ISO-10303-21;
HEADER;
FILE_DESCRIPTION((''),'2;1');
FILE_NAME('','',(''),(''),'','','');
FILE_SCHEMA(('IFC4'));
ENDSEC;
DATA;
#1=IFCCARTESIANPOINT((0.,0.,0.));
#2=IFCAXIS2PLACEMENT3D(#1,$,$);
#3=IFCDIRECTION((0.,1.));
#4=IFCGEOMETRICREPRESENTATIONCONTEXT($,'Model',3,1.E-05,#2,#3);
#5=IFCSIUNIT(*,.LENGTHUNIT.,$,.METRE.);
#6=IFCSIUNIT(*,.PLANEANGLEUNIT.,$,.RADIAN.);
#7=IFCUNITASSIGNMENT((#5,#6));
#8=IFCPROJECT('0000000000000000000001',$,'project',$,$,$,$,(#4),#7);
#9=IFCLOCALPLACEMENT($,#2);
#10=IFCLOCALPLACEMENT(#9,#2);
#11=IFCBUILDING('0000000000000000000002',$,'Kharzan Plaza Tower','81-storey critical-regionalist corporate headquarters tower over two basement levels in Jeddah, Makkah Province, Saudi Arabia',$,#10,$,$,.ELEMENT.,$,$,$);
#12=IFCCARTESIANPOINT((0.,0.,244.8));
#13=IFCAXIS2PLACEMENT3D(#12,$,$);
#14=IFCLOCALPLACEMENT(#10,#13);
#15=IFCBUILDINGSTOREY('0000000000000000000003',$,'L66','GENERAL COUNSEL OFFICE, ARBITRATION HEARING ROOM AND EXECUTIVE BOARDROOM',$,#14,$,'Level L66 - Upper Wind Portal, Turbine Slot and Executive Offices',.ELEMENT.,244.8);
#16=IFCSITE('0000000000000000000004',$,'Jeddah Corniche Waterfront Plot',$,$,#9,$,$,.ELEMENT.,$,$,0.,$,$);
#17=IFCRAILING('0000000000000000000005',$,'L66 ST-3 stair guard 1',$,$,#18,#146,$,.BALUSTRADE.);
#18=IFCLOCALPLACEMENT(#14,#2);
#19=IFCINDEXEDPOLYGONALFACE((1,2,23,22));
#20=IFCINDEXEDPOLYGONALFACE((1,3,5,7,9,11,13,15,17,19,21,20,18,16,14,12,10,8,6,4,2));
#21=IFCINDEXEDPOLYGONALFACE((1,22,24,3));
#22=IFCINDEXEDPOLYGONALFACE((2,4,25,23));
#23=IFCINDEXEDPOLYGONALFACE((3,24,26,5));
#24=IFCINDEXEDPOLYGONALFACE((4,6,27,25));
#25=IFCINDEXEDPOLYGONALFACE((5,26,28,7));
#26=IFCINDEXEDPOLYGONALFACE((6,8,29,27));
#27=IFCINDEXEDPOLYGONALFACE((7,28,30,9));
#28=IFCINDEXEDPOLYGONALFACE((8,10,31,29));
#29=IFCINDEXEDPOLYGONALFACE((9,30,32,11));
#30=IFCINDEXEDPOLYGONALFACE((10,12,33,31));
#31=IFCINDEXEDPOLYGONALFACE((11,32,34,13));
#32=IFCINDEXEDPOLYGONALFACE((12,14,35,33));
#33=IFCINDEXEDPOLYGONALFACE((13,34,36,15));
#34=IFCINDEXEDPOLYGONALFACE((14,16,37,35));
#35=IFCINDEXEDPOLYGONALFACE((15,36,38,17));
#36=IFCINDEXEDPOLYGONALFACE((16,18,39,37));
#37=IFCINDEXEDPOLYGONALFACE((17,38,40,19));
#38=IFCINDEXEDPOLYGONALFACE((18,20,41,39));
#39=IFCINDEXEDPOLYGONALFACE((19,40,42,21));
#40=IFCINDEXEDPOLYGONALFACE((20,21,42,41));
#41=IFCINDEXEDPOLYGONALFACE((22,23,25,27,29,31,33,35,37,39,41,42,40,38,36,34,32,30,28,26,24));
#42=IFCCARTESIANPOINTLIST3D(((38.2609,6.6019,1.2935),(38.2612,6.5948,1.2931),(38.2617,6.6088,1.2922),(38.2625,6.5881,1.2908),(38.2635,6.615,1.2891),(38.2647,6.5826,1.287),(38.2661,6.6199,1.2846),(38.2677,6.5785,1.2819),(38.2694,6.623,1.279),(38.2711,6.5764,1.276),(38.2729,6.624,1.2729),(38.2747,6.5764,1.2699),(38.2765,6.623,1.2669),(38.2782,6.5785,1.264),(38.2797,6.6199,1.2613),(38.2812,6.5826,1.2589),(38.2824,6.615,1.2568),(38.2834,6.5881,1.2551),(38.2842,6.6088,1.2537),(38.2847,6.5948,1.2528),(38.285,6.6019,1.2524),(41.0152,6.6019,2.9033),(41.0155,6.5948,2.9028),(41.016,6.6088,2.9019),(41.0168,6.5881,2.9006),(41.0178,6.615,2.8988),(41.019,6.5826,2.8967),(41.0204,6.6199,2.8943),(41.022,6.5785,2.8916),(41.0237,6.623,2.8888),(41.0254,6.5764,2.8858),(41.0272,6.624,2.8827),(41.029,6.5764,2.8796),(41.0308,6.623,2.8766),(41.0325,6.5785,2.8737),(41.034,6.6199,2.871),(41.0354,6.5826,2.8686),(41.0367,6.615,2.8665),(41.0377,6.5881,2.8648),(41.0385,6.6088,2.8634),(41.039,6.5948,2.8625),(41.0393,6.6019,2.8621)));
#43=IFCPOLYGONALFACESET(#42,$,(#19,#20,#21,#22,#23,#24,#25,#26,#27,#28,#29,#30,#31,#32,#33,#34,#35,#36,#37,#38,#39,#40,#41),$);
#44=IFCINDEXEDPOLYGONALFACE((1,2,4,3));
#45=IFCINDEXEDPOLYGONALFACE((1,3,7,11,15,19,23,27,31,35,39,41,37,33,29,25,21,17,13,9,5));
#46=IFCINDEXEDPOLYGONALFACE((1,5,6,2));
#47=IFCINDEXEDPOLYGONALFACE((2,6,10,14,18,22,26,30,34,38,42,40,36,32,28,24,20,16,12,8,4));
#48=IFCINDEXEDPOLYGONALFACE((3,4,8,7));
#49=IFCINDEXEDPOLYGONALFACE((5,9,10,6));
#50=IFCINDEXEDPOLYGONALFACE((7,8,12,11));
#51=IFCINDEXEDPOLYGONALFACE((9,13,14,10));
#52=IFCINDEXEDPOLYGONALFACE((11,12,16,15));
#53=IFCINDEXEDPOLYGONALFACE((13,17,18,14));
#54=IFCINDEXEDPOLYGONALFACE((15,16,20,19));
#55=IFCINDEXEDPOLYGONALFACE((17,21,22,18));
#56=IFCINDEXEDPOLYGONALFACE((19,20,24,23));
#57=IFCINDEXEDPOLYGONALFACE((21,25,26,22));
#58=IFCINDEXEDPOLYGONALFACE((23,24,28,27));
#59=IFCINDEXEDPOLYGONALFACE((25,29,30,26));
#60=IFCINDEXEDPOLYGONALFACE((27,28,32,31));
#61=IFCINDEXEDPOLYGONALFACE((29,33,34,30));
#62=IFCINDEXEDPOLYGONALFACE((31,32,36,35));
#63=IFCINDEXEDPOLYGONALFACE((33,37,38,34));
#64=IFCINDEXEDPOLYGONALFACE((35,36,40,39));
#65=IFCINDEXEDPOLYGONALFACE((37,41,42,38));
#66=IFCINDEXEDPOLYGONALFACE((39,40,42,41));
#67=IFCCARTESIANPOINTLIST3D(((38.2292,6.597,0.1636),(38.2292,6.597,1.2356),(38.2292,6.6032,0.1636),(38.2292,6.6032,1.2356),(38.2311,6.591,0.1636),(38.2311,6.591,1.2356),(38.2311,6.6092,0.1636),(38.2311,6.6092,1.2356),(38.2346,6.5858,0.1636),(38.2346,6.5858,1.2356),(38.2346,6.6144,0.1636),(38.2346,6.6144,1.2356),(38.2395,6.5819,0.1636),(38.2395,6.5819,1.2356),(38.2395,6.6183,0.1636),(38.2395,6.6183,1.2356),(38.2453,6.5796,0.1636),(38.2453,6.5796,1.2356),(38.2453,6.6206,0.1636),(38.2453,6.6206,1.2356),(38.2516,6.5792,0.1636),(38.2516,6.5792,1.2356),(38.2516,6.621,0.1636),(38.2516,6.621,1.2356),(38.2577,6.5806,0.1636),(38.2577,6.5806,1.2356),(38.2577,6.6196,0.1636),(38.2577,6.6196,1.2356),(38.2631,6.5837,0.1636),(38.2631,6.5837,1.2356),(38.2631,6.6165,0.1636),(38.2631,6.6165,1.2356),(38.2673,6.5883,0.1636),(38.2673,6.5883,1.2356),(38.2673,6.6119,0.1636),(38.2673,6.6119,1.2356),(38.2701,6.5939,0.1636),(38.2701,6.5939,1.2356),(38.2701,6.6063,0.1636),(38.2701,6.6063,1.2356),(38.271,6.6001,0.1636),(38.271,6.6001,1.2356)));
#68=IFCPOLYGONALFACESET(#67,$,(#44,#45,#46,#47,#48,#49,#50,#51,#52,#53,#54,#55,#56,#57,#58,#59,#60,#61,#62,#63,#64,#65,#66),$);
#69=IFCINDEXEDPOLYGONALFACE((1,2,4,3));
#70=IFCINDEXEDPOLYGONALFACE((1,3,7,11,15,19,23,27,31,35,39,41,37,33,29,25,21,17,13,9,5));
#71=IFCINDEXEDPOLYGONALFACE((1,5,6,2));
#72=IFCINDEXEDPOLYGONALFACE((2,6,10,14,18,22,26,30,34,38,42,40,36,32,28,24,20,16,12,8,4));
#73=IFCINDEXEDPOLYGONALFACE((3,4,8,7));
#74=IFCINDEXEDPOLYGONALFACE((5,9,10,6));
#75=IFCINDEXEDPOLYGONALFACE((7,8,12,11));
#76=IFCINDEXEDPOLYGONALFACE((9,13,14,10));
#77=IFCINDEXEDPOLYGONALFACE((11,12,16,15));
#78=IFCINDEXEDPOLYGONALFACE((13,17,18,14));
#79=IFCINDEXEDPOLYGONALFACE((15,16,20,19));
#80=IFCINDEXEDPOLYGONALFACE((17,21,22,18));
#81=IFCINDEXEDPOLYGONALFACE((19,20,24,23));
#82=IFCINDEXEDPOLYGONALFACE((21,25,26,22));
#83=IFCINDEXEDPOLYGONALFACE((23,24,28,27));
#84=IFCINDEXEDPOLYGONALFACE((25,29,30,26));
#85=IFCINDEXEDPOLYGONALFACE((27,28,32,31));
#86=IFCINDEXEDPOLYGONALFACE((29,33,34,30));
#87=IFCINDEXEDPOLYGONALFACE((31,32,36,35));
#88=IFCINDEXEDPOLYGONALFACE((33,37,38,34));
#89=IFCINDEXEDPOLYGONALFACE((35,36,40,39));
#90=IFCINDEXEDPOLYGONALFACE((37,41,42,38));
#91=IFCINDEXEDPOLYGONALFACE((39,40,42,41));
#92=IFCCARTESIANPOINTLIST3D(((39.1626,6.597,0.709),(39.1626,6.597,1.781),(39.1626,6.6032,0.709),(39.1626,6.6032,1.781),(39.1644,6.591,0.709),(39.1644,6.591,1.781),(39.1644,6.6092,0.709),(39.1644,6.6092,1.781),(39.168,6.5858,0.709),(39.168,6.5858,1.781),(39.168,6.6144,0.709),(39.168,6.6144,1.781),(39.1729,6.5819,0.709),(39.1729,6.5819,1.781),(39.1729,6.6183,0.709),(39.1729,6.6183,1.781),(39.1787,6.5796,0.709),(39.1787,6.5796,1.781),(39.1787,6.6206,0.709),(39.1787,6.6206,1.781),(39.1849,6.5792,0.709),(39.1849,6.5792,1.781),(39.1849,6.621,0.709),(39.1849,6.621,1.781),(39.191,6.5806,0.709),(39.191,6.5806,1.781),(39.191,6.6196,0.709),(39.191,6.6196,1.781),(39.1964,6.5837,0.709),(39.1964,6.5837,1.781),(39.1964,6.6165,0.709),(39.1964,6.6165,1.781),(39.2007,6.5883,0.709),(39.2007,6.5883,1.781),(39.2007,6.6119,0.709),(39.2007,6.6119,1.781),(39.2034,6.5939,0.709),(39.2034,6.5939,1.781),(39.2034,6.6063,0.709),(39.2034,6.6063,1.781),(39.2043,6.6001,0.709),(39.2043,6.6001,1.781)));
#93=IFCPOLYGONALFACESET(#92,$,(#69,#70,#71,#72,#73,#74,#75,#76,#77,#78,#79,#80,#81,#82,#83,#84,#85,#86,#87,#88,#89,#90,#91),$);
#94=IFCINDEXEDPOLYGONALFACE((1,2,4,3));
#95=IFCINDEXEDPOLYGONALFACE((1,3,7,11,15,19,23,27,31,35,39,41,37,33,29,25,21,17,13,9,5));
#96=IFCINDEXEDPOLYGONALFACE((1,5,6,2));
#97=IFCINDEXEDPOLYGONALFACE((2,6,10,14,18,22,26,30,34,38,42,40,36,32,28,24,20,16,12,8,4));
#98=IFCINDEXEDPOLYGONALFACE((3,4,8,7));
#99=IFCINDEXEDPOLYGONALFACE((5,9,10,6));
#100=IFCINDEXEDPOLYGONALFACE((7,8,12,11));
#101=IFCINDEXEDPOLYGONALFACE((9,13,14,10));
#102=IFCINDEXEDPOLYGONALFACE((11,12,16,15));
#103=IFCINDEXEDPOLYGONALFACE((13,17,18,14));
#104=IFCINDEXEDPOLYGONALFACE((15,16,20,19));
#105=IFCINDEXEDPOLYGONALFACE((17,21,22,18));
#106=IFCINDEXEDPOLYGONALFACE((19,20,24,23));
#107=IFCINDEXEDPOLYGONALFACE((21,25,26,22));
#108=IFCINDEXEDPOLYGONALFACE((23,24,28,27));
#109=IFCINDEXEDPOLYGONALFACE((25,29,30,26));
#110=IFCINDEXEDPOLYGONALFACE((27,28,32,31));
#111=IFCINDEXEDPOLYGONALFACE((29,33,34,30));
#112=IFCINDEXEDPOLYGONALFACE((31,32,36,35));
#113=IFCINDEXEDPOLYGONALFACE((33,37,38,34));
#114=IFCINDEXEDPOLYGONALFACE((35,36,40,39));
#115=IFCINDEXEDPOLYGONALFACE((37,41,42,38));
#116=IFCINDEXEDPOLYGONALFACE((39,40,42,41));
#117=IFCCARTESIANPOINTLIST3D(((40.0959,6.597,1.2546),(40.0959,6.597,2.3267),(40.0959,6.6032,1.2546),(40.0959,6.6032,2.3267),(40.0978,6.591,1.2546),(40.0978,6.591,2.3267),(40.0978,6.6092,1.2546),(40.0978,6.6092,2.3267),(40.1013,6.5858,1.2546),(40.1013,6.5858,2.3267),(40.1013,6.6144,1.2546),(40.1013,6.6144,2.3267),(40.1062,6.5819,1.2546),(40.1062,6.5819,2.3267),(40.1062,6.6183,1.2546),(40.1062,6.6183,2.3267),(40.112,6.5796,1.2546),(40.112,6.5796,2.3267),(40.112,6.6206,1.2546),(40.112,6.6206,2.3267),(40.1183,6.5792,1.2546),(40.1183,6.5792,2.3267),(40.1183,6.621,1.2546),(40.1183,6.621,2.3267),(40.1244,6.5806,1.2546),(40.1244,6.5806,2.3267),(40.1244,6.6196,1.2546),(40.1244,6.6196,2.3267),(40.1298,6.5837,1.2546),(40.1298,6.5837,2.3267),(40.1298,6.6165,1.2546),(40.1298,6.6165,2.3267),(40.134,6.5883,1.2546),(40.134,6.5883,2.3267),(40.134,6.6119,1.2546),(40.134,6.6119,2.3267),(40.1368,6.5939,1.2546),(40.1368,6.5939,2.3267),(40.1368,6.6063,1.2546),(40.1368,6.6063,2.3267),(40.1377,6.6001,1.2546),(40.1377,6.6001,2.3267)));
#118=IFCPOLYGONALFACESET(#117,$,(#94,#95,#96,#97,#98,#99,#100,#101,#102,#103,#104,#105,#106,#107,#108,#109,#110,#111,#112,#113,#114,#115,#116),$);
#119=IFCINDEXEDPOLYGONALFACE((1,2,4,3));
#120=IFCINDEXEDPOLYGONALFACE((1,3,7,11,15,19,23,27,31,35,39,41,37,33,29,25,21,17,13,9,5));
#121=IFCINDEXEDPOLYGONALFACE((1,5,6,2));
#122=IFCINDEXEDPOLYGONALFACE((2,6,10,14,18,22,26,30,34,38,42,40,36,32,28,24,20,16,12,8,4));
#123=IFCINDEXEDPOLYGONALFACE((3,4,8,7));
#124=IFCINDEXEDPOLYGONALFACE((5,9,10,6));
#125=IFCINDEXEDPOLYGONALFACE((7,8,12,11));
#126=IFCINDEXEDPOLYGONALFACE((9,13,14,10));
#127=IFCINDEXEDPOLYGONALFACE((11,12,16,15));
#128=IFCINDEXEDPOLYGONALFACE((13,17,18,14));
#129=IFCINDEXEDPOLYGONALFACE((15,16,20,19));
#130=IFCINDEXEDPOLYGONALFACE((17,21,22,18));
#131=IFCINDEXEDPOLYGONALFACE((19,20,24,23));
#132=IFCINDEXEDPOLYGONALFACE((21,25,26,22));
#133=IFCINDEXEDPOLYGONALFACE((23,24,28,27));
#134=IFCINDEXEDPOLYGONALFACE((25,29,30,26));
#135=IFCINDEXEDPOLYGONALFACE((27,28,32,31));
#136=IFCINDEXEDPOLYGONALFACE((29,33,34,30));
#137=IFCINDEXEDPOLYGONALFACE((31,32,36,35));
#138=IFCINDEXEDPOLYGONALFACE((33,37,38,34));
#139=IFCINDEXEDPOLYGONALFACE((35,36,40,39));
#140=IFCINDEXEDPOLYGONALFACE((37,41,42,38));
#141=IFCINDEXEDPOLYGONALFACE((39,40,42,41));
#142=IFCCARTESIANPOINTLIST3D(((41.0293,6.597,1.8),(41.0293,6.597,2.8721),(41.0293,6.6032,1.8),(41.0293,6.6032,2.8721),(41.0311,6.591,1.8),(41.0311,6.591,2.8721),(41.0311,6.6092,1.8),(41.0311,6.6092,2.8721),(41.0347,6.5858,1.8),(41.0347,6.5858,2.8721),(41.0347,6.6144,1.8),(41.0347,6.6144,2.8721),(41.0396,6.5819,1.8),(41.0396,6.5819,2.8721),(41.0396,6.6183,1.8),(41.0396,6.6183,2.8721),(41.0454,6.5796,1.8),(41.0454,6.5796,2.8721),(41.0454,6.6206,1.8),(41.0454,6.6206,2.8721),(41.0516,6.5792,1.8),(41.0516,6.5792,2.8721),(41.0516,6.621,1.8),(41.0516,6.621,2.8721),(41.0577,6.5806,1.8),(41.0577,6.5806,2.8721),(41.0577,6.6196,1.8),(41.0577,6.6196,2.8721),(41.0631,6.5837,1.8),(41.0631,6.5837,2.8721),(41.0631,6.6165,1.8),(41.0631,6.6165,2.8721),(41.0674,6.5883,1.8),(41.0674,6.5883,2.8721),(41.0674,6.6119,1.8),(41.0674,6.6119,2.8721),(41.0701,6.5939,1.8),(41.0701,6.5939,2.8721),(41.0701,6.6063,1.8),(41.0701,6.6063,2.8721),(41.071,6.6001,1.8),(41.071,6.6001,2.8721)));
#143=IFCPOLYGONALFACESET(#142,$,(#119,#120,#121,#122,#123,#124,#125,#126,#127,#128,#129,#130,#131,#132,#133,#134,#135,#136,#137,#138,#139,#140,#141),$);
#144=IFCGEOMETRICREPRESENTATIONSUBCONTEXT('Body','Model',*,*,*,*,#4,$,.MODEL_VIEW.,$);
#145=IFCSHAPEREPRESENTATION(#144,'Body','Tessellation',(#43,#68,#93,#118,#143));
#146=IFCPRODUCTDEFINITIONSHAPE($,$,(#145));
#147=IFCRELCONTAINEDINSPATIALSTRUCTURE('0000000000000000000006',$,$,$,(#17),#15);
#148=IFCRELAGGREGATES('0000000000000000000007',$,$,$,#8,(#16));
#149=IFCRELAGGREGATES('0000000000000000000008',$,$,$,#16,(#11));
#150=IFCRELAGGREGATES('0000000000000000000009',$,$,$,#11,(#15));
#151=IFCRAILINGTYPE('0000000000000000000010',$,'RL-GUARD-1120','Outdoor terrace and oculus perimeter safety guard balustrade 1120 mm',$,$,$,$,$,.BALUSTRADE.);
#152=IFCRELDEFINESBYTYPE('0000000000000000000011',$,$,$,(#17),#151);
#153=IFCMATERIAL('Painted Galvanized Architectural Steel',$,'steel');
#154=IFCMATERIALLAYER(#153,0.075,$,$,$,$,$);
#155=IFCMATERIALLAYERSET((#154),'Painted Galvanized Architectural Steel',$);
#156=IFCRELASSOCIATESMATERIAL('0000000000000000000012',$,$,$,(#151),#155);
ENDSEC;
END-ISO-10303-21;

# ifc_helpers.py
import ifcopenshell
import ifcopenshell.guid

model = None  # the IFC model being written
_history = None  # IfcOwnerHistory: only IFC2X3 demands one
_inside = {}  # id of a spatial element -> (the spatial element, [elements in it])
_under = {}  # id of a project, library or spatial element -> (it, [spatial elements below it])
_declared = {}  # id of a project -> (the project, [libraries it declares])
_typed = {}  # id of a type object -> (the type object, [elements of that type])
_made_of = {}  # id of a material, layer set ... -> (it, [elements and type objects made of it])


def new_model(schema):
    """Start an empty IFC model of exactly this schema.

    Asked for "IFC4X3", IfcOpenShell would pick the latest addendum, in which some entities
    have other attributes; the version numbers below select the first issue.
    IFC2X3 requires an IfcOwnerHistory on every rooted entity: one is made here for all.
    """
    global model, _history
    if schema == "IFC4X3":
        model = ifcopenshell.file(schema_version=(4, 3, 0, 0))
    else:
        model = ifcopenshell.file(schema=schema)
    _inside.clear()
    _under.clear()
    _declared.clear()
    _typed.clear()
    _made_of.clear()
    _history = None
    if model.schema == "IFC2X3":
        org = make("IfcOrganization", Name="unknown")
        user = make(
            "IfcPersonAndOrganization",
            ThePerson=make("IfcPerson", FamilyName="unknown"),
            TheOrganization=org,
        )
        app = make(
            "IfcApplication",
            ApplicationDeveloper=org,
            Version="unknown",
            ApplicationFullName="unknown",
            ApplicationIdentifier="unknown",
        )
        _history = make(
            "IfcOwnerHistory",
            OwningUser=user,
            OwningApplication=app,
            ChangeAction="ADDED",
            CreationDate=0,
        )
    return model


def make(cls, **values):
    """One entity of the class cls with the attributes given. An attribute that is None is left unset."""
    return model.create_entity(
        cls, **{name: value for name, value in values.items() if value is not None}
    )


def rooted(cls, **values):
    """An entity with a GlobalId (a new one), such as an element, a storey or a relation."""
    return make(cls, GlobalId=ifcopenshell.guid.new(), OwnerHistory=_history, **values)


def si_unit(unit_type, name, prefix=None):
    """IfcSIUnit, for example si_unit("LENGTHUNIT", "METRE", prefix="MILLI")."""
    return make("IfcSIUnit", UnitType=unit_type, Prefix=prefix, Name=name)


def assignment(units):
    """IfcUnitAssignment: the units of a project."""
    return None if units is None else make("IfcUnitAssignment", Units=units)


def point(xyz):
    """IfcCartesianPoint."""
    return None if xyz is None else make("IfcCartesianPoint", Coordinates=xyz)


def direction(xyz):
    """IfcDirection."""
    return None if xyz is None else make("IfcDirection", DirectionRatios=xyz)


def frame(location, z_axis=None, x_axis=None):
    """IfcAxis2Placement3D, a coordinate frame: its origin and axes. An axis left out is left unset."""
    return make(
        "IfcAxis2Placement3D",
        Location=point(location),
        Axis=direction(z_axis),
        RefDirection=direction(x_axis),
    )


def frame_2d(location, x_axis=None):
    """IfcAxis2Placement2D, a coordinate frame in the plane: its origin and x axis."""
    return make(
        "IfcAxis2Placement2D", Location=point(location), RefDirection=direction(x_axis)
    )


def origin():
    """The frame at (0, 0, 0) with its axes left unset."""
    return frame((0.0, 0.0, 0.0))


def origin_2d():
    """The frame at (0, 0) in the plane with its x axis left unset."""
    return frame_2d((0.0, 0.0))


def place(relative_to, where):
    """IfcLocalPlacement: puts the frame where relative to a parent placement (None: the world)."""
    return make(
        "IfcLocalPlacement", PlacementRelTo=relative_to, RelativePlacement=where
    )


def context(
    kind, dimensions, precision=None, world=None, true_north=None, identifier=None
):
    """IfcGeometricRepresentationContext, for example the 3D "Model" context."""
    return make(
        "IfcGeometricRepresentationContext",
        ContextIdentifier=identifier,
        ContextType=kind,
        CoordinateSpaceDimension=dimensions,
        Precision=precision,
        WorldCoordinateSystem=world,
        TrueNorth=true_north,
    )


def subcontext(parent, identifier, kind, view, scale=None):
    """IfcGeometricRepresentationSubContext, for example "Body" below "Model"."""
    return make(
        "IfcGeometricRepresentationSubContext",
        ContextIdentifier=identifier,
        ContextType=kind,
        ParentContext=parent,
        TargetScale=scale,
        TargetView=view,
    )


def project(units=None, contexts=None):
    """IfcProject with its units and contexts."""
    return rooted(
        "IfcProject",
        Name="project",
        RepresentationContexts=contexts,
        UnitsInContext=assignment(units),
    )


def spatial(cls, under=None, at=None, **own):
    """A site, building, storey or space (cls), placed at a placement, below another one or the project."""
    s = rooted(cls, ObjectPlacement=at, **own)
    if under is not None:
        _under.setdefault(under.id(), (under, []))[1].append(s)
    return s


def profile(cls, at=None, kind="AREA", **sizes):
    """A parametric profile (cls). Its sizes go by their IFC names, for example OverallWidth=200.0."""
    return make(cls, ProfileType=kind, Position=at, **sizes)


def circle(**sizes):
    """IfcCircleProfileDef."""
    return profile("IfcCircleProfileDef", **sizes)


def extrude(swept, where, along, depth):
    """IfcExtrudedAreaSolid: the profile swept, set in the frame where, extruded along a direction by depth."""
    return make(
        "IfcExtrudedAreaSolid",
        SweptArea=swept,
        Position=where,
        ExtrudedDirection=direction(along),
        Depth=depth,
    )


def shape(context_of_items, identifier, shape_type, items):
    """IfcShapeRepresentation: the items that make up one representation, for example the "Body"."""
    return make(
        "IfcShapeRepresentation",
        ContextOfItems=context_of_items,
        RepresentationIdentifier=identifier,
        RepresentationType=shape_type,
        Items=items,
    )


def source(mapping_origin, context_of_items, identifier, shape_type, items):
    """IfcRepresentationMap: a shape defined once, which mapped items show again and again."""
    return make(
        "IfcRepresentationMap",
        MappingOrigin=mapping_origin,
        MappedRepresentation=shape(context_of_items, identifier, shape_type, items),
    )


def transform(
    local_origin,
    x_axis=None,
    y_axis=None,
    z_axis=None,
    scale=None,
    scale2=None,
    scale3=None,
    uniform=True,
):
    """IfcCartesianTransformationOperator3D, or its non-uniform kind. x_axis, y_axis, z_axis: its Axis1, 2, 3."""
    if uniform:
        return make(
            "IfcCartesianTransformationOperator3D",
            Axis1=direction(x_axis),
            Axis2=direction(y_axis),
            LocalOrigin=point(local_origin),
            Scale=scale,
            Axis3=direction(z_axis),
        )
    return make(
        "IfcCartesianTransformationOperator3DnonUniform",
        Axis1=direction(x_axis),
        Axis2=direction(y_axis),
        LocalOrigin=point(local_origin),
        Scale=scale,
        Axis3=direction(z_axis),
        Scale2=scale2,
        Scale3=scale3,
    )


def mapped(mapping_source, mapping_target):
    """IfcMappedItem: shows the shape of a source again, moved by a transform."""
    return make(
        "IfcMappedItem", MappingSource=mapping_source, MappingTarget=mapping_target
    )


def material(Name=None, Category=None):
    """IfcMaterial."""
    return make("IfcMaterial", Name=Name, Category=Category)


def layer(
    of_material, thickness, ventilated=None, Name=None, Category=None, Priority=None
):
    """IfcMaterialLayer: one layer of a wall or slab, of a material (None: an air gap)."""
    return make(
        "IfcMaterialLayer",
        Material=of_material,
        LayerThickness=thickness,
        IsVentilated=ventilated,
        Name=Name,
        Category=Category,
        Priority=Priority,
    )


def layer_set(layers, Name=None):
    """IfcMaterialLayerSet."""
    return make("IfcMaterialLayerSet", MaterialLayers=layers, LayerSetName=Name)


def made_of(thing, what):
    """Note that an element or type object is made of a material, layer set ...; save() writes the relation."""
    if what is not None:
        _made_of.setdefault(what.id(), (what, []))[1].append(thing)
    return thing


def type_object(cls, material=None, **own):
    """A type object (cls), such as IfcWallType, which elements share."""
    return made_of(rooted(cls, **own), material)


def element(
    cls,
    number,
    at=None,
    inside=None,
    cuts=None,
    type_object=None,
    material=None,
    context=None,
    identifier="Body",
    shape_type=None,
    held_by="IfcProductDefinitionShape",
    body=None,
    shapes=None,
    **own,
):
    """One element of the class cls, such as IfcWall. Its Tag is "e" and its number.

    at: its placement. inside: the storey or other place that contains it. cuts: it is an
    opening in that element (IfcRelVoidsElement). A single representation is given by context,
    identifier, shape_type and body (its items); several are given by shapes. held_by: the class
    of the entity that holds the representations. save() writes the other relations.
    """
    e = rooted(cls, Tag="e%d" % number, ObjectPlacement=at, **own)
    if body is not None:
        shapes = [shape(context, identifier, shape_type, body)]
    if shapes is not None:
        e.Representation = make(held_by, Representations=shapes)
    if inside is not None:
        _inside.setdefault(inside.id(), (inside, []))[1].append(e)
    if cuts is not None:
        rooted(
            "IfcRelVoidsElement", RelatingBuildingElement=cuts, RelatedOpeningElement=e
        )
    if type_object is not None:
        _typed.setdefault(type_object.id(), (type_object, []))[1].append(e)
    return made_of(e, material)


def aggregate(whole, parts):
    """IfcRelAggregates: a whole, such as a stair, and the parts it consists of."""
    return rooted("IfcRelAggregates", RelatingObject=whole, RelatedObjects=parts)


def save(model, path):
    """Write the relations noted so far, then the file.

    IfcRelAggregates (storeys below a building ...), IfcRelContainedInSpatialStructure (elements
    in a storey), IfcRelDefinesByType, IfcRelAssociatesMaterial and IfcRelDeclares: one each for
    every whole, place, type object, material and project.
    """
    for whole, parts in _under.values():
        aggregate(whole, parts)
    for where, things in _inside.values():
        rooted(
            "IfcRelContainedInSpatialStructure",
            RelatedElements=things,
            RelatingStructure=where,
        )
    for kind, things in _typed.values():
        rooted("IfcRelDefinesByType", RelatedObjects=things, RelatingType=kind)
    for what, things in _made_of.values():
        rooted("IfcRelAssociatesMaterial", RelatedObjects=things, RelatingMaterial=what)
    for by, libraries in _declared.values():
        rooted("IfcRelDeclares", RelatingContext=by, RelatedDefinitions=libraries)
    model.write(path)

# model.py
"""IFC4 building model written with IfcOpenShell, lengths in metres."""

from ifc_helpers import new_model, si_unit, direction, frame, origin, origin_2d, place, context, subcontext, project, spatial, circle, extrude, source, transform, mapped, material, layer, layer_set, type_object, element, save


model = new_model("IFC4")

# Units and contexts
model_context = context("Model", 3, precision=1e-05, world=origin(), true_north=direction((0.0, 1.0)))
body_context = subcontext(model_context, "Body", "Model", "MODEL_VIEW")
ifc_project = project(units=[si_unit("LENGTHUNIT", "METRE"), si_unit("PLANEANGLEUNIT", "RADIAN")], contexts=[model_context])

# Site, building, storey
site_placement = place(None, origin())
site = spatial("IfcSite", under=ifc_project, at=site_placement, Name="Jeddah Corniche Waterfront Plot", CompositionType="ELEMENT", RefElevation=0.0)
building_placement = place(site_placement, origin())
building = spatial("IfcBuilding", under=site, at=building_placement, Name="Kharzan Plaza Tower", Description="81-storey critical-regionalist corporate headquarters tower over two basement levels in Jeddah, Makkah Province, Saudi Arabia", CompositionType="ELEMENT")
storey_placement = place(building_placement, frame((0.0, 0.0, 244.8)))
storey = spatial("IfcBuildingStorey", under=building, at=storey_placement, Name="L66", Description="GENERAL COUNSEL OFFICE, ARBITRATION HEARING ROOM AND EXECUTIVE BOARDROOM", LongName="Level L66 - Upper Wind Portal, Turbine Slot and Executive Offices", CompositionType="ELEMENT", Elevation=244.8)

# Railing
ifc_material_1 = material(Name="Painted Galvanized Architectural Steel", Category="steel")
ifc_layer_1 = layer(ifc_material_1, 0.075)
ifc_layer_set_1 = layer_set([ifc_layer_1], Name="Painted Galvanized Architectural Steel")
railing_type_1 = type_object("IfcRailingType", Name="RL-GUARD-1120", Description="Outdoor terrace and oculus perimeter safety guard balustrade 1120 mm", PredefinedType="BALUSTRADE", material=ifc_layer_set_1)
shared_shape_1 = source(origin(), body_context, "Body", "SweptSolid", [
    extrude(circle(Radius=0.0239, at=origin_2d()), frame((0.0229, 0.0, 1.1094), z_axis=(0.863361, 0.0, 0.504587), x_axis=(0.0, 1.0, 0.0)), (0.0, 0.0, 1.0), 3.1902),
    extrude(circle(Radius=0.021, at=origin_2d()), origin(), (0.0, 0.0, 1.0), 1.072),
    extrude(circle(Radius=0.021, at=origin_2d()), frame((0.9333, 0.0, 0.5454)), (0.0, 0.0, 1.0), 1.072),
    extrude(circle(Radius=0.021, at=origin_2d()), frame((1.8667, 0.0, 1.0911)), (0.0, 0.0, 1.0), 1.072),
    extrude(circle(Radius=0.021, at=origin_2d()), frame((2.8, 0.0, 1.6365)), (0.0, 0.0, 1.0), 1.072),
])
railing_1_placement = place(storey_placement, frame((38.25, 6.6001, 0.1636)))
element("IfcRailing", 1, at=railing_1_placement, inside=storey, type_object=railing_type_1, Name="L66 ST-3 stair guard 1", PredefinedType="BALUSTRADE", context=body_context, shape_type="MappedRepresentation", body=[
    mapped(shared_shape_1, transform((0.0, 0.0, 0.0), x_axis=(1.0, 0.0, 0.0), y_axis=(0.0, 1.0, 0.0), z_axis=(0.0, 0.0, 1.0))),
])

save(model, "model.ifc")
